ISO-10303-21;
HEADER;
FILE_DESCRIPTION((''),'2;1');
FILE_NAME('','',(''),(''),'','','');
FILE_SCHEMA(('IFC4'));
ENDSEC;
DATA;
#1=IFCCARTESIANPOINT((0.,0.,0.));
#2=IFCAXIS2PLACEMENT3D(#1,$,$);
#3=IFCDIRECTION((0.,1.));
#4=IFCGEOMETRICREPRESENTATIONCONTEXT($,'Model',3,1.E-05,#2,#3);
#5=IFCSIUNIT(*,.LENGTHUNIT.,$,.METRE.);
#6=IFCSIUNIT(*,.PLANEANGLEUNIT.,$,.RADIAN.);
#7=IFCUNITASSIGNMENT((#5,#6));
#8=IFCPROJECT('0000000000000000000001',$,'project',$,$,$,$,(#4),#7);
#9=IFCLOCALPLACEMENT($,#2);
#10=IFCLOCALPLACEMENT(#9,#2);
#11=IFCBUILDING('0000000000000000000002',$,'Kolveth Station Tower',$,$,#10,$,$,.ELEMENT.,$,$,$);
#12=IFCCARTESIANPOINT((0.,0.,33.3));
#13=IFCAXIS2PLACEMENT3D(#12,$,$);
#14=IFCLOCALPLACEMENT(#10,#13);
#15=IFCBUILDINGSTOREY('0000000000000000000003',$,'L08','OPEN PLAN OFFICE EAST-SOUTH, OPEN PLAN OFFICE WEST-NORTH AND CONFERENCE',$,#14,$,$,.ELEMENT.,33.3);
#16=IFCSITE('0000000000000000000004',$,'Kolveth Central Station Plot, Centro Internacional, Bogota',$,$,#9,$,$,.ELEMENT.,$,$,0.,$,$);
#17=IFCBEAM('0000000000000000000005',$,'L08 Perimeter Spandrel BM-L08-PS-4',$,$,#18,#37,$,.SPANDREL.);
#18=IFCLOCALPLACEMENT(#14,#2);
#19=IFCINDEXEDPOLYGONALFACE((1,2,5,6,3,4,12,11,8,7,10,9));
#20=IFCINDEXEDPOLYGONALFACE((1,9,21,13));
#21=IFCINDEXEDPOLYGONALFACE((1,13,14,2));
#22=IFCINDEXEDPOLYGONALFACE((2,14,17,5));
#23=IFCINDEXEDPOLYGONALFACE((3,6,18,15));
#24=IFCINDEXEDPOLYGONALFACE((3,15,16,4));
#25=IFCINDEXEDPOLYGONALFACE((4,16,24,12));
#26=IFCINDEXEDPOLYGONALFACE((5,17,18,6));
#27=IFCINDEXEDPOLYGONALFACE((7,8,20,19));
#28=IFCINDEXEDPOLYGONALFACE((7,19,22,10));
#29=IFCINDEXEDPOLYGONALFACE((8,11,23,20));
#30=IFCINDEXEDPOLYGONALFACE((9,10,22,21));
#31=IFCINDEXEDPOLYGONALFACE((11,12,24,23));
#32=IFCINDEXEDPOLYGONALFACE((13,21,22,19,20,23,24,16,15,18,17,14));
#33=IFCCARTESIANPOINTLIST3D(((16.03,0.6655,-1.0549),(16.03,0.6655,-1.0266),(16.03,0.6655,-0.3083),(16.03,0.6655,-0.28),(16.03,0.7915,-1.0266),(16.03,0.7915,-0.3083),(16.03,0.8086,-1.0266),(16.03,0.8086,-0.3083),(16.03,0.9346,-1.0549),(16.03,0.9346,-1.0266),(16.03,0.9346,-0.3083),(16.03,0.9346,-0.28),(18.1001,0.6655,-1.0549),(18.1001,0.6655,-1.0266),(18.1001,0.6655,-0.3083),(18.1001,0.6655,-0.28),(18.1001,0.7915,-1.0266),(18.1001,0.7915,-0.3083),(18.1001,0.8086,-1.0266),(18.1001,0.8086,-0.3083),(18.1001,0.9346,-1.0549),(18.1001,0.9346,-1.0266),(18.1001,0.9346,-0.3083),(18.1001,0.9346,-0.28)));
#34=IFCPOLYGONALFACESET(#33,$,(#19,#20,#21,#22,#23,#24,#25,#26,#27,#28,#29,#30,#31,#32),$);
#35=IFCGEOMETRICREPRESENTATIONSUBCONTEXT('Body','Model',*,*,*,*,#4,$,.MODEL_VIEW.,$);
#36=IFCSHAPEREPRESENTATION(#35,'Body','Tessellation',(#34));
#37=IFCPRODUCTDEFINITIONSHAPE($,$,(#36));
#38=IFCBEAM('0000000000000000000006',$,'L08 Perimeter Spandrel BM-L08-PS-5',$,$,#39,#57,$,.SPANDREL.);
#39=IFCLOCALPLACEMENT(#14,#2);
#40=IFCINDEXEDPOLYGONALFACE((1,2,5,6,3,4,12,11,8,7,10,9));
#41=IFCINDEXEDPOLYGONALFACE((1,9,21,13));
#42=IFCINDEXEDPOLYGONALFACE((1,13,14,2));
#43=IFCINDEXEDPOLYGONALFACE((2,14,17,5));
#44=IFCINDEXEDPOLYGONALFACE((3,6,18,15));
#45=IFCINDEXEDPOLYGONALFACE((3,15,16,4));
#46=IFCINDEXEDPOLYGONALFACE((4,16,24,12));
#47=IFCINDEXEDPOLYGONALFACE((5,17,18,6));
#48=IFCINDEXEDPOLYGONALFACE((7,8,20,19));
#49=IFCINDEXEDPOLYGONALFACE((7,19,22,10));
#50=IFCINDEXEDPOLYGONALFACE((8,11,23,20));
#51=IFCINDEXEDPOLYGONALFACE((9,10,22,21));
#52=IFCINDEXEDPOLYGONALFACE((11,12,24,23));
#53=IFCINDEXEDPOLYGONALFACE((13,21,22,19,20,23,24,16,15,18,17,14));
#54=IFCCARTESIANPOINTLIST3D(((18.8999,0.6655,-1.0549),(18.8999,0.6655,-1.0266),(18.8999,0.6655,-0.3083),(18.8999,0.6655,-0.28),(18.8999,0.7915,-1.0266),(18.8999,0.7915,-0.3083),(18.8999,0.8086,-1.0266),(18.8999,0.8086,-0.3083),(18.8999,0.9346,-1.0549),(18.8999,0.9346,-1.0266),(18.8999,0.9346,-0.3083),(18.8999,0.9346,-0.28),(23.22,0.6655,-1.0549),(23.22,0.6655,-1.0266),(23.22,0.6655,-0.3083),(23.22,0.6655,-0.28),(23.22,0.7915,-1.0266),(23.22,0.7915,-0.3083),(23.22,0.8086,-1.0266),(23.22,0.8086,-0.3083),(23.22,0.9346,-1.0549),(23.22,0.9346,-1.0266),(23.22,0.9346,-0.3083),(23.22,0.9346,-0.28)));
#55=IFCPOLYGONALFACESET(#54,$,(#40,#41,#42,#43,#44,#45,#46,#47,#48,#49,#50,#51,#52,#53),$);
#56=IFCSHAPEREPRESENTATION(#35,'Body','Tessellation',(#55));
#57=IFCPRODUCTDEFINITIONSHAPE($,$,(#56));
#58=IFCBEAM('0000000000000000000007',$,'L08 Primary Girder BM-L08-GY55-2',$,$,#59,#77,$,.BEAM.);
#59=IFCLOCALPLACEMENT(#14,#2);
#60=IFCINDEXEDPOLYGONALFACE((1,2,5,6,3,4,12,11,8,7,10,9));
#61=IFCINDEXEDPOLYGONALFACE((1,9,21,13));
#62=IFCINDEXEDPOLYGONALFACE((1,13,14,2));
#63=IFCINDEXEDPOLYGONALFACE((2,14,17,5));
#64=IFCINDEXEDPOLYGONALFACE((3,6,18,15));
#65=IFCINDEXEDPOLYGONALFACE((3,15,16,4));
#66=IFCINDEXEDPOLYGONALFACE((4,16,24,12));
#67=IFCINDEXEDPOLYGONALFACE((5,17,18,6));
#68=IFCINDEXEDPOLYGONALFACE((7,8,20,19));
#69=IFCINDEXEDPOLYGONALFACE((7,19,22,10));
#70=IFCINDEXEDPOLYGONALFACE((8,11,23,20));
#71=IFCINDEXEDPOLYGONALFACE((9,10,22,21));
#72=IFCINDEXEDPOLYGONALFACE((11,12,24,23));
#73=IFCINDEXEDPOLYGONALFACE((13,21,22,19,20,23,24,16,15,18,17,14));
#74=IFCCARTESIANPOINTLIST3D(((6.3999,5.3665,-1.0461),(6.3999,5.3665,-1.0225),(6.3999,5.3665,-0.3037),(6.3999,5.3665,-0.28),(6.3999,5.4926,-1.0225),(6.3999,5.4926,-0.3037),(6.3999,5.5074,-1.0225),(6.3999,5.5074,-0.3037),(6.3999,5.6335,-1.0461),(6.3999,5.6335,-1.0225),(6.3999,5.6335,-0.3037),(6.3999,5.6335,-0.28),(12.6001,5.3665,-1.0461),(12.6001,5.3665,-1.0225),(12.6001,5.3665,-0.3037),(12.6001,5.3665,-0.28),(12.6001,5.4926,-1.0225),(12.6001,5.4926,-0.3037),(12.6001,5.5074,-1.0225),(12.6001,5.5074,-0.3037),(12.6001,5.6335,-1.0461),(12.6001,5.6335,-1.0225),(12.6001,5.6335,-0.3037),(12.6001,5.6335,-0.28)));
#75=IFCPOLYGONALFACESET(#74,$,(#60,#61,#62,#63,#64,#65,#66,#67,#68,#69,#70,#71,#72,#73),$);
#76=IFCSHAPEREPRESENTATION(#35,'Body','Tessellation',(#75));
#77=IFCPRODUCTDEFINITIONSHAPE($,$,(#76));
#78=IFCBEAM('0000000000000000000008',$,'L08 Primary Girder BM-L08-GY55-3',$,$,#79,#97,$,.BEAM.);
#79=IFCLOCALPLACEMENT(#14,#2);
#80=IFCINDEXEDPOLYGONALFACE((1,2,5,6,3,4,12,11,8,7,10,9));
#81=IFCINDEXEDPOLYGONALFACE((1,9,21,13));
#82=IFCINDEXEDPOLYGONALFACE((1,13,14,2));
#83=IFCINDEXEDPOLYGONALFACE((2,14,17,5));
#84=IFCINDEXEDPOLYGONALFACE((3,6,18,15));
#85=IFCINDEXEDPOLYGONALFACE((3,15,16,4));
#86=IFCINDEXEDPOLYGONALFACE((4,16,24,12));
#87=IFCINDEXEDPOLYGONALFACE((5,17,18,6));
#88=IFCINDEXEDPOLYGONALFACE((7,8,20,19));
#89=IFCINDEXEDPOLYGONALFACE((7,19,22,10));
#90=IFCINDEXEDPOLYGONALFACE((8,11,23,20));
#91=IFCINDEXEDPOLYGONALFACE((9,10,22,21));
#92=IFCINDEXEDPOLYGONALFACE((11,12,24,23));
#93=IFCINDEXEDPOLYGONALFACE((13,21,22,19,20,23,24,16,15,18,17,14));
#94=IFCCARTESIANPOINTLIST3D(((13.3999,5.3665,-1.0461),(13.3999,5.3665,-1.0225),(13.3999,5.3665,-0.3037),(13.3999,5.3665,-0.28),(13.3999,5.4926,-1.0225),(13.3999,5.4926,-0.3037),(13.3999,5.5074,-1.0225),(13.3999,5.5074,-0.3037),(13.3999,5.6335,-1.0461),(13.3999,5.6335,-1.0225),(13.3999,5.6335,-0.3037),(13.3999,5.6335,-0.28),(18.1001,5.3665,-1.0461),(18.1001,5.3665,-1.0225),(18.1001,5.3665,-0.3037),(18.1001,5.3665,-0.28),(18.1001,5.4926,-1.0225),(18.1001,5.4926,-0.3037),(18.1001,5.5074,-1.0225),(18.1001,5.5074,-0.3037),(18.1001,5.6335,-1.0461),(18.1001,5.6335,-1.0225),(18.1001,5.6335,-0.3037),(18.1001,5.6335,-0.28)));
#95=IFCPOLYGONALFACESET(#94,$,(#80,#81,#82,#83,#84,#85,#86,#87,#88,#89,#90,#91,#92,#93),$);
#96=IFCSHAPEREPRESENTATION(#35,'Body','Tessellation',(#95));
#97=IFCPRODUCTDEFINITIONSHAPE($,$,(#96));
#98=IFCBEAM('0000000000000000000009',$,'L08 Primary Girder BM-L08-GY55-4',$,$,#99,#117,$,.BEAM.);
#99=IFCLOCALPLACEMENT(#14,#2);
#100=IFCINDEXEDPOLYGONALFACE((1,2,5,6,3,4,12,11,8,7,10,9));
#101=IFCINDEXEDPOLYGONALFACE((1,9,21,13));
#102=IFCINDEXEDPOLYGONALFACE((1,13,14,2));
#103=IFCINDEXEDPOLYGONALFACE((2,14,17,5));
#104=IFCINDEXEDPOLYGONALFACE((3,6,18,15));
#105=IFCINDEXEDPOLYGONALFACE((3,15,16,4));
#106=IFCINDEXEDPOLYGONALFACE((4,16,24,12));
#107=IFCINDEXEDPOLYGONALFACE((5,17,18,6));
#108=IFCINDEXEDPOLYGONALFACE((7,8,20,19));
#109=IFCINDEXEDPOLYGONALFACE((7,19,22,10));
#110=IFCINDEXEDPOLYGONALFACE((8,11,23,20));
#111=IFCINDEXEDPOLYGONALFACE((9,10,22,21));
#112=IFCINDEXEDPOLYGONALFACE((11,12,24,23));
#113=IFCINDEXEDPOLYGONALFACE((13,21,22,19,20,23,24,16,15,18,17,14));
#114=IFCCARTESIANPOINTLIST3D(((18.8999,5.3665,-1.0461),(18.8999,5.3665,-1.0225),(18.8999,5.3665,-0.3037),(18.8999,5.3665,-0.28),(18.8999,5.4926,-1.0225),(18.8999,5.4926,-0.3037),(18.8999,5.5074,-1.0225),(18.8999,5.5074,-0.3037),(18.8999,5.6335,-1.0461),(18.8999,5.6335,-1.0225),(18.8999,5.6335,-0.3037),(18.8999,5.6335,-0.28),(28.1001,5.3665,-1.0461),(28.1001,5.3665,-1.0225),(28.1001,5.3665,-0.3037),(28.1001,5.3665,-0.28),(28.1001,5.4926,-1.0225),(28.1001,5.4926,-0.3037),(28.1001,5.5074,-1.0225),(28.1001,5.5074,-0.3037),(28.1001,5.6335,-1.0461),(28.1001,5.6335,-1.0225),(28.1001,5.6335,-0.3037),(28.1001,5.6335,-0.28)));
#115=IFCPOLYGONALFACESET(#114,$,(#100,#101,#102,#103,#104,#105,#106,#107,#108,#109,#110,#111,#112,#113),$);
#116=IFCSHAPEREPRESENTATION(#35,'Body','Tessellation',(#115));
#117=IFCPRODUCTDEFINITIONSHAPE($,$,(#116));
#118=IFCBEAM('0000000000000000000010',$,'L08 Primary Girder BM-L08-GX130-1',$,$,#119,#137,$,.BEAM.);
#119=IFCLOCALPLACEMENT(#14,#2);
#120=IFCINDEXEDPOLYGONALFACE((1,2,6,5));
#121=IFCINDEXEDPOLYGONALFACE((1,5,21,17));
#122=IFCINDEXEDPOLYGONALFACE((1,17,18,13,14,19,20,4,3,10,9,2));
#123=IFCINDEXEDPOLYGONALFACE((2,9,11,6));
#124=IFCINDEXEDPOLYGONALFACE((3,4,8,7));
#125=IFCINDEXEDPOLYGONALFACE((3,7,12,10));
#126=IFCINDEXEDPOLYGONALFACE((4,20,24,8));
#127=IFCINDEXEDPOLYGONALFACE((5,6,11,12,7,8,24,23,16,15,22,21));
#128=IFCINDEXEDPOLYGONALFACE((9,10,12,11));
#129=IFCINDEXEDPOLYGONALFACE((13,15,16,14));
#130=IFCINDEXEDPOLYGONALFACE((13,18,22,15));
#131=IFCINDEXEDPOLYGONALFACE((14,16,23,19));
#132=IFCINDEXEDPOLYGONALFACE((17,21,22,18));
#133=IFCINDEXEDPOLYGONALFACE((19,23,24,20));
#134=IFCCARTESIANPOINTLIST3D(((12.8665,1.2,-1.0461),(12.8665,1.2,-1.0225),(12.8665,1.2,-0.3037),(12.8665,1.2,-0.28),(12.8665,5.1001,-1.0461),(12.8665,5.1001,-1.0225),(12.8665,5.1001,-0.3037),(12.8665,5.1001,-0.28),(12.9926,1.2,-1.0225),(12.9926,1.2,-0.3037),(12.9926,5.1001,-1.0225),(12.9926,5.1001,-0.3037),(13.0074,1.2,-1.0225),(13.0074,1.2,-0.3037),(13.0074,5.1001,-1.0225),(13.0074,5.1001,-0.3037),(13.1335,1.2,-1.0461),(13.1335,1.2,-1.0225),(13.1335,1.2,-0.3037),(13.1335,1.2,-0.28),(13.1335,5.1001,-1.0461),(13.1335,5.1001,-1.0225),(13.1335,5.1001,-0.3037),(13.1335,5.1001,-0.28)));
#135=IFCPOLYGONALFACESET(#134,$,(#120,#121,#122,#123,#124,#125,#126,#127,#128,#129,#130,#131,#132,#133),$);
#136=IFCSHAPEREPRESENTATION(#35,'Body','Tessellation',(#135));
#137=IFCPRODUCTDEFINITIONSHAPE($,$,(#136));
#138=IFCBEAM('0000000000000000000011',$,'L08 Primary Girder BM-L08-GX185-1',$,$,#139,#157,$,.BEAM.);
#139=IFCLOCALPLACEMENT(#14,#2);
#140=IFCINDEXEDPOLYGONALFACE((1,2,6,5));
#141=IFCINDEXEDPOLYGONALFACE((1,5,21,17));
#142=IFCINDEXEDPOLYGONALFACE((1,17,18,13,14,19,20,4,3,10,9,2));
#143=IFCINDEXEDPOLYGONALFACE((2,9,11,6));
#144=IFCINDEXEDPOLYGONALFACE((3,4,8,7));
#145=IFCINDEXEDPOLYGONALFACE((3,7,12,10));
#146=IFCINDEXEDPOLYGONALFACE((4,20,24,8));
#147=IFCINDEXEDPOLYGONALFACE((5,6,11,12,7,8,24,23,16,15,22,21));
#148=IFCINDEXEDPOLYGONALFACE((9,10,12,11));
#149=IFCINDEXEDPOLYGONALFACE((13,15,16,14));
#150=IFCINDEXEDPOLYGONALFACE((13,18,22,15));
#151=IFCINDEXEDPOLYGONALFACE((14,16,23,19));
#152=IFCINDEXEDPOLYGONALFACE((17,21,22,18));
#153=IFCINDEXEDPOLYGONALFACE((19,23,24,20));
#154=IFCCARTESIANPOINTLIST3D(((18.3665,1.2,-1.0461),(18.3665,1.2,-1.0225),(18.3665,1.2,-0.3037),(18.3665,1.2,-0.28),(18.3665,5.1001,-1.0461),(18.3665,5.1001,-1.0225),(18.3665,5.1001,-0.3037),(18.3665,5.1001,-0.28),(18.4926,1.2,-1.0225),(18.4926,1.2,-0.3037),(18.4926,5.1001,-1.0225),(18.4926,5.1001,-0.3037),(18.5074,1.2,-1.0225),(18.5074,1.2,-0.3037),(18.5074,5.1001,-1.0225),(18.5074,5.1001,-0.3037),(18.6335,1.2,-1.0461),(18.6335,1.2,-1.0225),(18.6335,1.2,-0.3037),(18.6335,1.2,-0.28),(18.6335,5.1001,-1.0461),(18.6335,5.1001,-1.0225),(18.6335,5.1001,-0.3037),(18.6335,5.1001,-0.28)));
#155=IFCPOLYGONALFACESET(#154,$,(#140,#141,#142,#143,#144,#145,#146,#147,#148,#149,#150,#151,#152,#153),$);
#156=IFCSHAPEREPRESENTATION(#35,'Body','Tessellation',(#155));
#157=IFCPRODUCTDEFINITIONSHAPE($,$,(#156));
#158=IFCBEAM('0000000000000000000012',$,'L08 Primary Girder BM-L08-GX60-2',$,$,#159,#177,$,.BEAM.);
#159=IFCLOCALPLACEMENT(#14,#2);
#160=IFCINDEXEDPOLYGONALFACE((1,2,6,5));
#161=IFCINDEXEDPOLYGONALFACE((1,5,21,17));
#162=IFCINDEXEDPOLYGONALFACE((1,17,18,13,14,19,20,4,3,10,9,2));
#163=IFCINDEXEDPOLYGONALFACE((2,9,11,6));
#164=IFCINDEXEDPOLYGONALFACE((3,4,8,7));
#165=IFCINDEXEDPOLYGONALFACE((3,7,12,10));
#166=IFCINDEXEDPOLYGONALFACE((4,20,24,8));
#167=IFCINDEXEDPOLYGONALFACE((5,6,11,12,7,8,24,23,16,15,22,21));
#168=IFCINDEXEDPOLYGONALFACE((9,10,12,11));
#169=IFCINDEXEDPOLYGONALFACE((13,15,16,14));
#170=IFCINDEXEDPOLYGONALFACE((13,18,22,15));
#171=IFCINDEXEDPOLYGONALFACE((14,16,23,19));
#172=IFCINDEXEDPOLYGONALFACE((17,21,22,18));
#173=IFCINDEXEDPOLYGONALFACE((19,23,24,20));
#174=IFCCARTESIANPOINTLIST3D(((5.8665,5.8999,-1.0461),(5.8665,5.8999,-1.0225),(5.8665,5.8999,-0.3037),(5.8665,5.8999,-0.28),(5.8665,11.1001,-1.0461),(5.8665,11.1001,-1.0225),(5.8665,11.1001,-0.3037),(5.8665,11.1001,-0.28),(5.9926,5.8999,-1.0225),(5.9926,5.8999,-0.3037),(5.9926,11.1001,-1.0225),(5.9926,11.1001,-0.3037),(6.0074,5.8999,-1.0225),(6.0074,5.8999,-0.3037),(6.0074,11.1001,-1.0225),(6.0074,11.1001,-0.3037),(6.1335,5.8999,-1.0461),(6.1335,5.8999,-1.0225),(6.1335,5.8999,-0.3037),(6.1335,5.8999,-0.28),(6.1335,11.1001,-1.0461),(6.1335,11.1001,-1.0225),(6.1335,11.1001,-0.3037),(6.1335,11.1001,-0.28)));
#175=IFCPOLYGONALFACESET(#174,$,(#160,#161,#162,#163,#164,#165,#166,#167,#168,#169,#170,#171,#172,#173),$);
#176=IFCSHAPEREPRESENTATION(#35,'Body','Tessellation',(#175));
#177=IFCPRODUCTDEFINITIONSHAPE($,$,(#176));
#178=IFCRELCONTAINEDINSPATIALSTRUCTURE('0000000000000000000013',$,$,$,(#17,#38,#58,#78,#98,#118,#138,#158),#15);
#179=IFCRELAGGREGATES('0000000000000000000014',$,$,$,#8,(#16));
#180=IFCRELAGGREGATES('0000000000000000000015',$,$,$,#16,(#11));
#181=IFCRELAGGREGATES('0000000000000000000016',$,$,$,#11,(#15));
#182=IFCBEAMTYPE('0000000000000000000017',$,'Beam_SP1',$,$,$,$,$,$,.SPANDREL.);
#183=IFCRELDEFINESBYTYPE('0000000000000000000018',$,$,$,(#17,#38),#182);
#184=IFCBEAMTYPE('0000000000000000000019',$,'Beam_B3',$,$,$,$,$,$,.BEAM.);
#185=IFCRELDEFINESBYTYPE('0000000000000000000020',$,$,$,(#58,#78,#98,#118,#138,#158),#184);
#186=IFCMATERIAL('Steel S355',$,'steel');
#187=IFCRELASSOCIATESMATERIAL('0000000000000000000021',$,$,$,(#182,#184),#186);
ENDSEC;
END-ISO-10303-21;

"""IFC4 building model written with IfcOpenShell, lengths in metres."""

from ifc_helpers import new_model, si_unit, direction, frame, origin, origin_2d, place, context, subcontext, project, spatial, i_section, extrude, source, transform, mapped, material, material_profile, profile_set, type_object, element, save


model = new_model("IFC4")

# Units and contexts
model_context = context("Model", 3, precision=1e-05, world=origin(), true_north=direction((0.0, 1.0)))
body_context = subcontext(model_context, "Body", "Model", "MODEL_VIEW")
ifc_project = project(units=[si_unit("LENGTHUNIT", "METRE"), si_unit("PLANEANGLEUNIT", "RADIAN")], contexts=[model_context])

# Site, building, storey
site_placement = place(None, origin())
site = spatial("IfcSite", under=ifc_project, at=site_placement, Name="Kolveth Central Station Plot, Centro Internacional, Bogota", CompositionType="ELEMENT", RefElevation=0.0)
building_placement = place(site_placement, origin())
building = spatial("IfcBuilding", under=site, at=building_placement, Name="Kolveth Station Tower", CompositionType="ELEMENT")
storey_placement = place(building_placement, frame((0.0, 0.0, 33.3)))
storey = spatial("IfcBuildingStorey", under=building, at=storey_placement, Name="L08", Description="OPEN PLAN OFFICE EAST-SOUTH, OPEN PLAN OFFICE WEST-NORTH AND CONFERENCE", CompositionType="ELEMENT", Elevation=33.3)

# Shared definitions
ifc_material_1 = material(Name="Steel S355", Category="steel")

# Beams
ifc_material_profile_1 = material_profile(ifc_material_1, i_section(OverallWidth=0.269, OverallDepth=0.7749, WebThickness=0.0171, FlangeThickness=0.0283, at=origin_2d()), Name="W760x220")
ifc_profile_set_1 = profile_set([ifc_material_profile_1], Name="Steel S355")
beam_type_1 = type_object("IfcBeamType", Name="Beam_SP1", PredefinedType="SPANDREL", material=ifc_profile_set_1)
shared_shape_1 = source(origin(), body_context, "Body", "SweptSolid", [
    extrude(i_section(OverallWidth=0.269, OverallDepth=0.7749, WebThickness=0.0171, FlangeThickness=0.0283, at=origin_2d()), origin(), (0.0, 0.0, 1.0), 2.0701),
])
for number, where, z_axis, x_axis, name in (
    (1, (16.03, 0.8, -0.6675), (1.0, 0.0, 0.0), (0.0, 1.0, 0.0), "L08 Perimeter Spandrel BM-L08-PS-4"),
):
    element("IfcBeam", number, at=place(storey_placement, frame(where, z_axis=z_axis, x_axis=x_axis)), inside=storey, type_object=beam_type_1, Name=name, PredefinedType="SPANDREL", context=body_context, shape_type="MappedRepresentation", body=[
        mapped(shared_shape_1, transform((0.0, 0.0, 0.0), x_axis=(1.0, 0.0, 0.0), y_axis=(0.0, 1.0, 0.0), z_axis=(0.0, 0.0, 1.0), scale=1.0)),
    ])
shared_shape_2 = source(origin(), body_context, "Body", "SweptSolid", [
    extrude(i_section(OverallWidth=0.269, OverallDepth=0.7749, WebThickness=0.0171, FlangeThickness=0.0283, at=origin_2d()), origin(), (0.0, 0.0, 1.0), 4.3201),
])
beam_1_placement = place(storey_placement, frame((18.8999, 0.8, -0.6675), z_axis=(1.0, 0.0, 0.0), x_axis=(0.0, 1.0, 0.0)))
element("IfcBeam", 2, at=beam_1_placement, inside=storey, type_object=beam_type_1, Name="L08 Perimeter Spandrel BM-L08-PS-5", PredefinedType="SPANDREL", context=body_context, shape_type="MappedRepresentation", body=[
    mapped(shared_shape_2, transform((0.0, 0.0, 0.0), x_axis=(1.0, 0.0, 0.0), y_axis=(0.0, 1.0, 0.0), z_axis=(0.0, 0.0, 1.0), scale=1.0)),
])
ifc_material_profile_2 = material_profile(ifc_material_1, i_section(OverallWidth=0.2671, OverallDepth=0.7661, WebThickness=0.0149, FlangeThickness=0.0237, at=origin_2d()), Name="W760x185")
ifc_profile_set_2 = profile_set([ifc_material_profile_2], Name="Steel S355")
beam_type_2 = type_object("IfcBeamType", Name="Beam_B3", PredefinedType="BEAM", material=ifc_profile_set_2)
shared_shape_3 = source(origin(), body_context, "Body", "SweptSolid", [
    extrude(i_section(OverallWidth=0.2671, OverallDepth=0.7661, WebThickness=0.0149, FlangeThickness=0.0237, at=origin_2d()), origin(), (0.0, 0.0, 1.0), 6.2002),
])
beam_2_placement = place(storey_placement, frame((6.3999, 5.5, -0.6631), z_axis=(1.0, 0.0, 0.0), x_axis=(0.0, 1.0, 0.0)))
element("IfcBeam", 3, at=beam_2_placement, inside=storey, type_object=beam_type_2, Name="L08 Primary Girder BM-L08-GY55-2", PredefinedType="BEAM", context=body_context, shape_type="MappedRepresentation", body=[
    mapped(shared_shape_3, transform((0.0, 0.0, 0.0), x_axis=(1.0, 0.0, 0.0), y_axis=(0.0, 1.0, 0.0), z_axis=(0.0, 0.0, 1.0), scale=1.0)),
])
shared_shape_4 = source(origin(), body_context, "Body", "SweptSolid", [
    extrude(i_section(OverallWidth=0.2671, OverallDepth=0.7661, WebThickness=0.0149, FlangeThickness=0.0237, at=origin_2d()), origin(), (0.0, 0.0, 1.0), 4.7002),
])
beam_3_placement = place(storey_placement, frame((13.3999, 5.5, -0.6631), z_axis=(1.0, 0.0, 0.0), x_axis=(0.0, 1.0, 0.0)))
element("IfcBeam", 4, at=beam_3_placement, inside=storey, type_object=beam_type_2, Name="L08 Primary Girder BM-L08-GY55-3", PredefinedType="BEAM", context=body_context, shape_type="MappedRepresentation", body=[
    mapped(shared_shape_4, transform((0.0, 0.0, 0.0), x_axis=(1.0, 0.0, 0.0), y_axis=(0.0, 1.0, 0.0), z_axis=(0.0, 0.0, 1.0), scale=1.0)),
])
shared_shape_5 = source(origin(), body_context, "Body", "SweptSolid", [
    extrude(i_section(OverallWidth=0.2671, OverallDepth=0.7661, WebThickness=0.0149, FlangeThickness=0.0237, at=origin_2d()), origin(), (0.0, 0.0, 1.0), 9.2002),
])
beam_4_placement = place(storey_placement, frame((18.8999, 5.5, -0.6631), z_axis=(1.0, 0.0, 0.0), x_axis=(0.0, 1.0, 0.0)))
element("IfcBeam", 5, at=beam_4_placement, inside=storey, type_object=beam_type_2, Name="L08 Primary Girder BM-L08-GY55-4", PredefinedType="BEAM", context=body_context, shape_type="MappedRepresentation", body=[
    mapped(shared_shape_5, transform((0.0, 0.0, 0.0), x_axis=(1.0, 0.0, 0.0), y_axis=(0.0, 1.0, 0.0), z_axis=(0.0, 0.0, 1.0), scale=1.0)),
])
shared_shape_6 = source(origin(), body_context, "Body", "SweptSolid", [
    extrude(i_section(OverallWidth=0.2671, OverallDepth=0.7661, WebThickness=0.0149, FlangeThickness=0.0237, at=origin_2d()), origin(), (0.0, 0.0, 1.0), 3.9001),
])
for number, where, z_axis, x_axis, name in (
    (6, (13.0, 1.2, -0.6631), (0.0, 1.0, 0.0), (-1.0, 0.0, 0.0), "L08 Primary Girder BM-L08-GX130-1"),
    (7, (18.5, 1.2, -0.6631), (0.0, 1.0, 0.0), (-1.0, 0.0, 0.0), "L08 Primary Girder BM-L08-GX185-1"),
):
    element("IfcBeam", number, at=place(storey_placement, frame(where, z_axis=z_axis, x_axis=x_axis)), inside=storey, type_object=beam_type_2, Name=name, PredefinedType="BEAM", context=body_context, shape_type="MappedRepresentation", body=[
        mapped(shared_shape_6, transform((0.0, 0.0, 0.0), x_axis=(1.0, 0.0, 0.0), y_axis=(0.0, 1.0, 0.0), z_axis=(0.0, 0.0, 1.0), scale=1.0)),
    ])
shared_shape_7 = source(origin(), body_context, "Body", "SweptSolid", [
    extrude(i_section(OverallWidth=0.2671, OverallDepth=0.7661, WebThickness=0.0149, FlangeThickness=0.0237, at=origin_2d()), origin(), (0.0, 0.0, 1.0), 5.2002),
])
for number, where, z_axis, x_axis, name in (
    (8, (6.0, 5.8999, -0.6631), (0.0, 1.0, 0.0), (-1.0, 0.0, 0.0), "L08 Primary Girder BM-L08-GX60-2"),
):
    element("IfcBeam", number, at=place(storey_placement, frame(where, z_axis=z_axis, x_axis=x_axis)), inside=storey, type_object=beam_type_2, Name=name, PredefinedType="BEAM", context=body_context, shape_type="MappedRepresentation", body=[
        mapped(shared_shape_7, transform((0.0, 0.0, 0.0), x_axis=(1.0, 0.0, 0.0), y_axis=(0.0, 1.0, 0.0), z_axis=(0.0, 0.0, 1.0), scale=1.0)),
    ])

save(model, "model.ifc")
